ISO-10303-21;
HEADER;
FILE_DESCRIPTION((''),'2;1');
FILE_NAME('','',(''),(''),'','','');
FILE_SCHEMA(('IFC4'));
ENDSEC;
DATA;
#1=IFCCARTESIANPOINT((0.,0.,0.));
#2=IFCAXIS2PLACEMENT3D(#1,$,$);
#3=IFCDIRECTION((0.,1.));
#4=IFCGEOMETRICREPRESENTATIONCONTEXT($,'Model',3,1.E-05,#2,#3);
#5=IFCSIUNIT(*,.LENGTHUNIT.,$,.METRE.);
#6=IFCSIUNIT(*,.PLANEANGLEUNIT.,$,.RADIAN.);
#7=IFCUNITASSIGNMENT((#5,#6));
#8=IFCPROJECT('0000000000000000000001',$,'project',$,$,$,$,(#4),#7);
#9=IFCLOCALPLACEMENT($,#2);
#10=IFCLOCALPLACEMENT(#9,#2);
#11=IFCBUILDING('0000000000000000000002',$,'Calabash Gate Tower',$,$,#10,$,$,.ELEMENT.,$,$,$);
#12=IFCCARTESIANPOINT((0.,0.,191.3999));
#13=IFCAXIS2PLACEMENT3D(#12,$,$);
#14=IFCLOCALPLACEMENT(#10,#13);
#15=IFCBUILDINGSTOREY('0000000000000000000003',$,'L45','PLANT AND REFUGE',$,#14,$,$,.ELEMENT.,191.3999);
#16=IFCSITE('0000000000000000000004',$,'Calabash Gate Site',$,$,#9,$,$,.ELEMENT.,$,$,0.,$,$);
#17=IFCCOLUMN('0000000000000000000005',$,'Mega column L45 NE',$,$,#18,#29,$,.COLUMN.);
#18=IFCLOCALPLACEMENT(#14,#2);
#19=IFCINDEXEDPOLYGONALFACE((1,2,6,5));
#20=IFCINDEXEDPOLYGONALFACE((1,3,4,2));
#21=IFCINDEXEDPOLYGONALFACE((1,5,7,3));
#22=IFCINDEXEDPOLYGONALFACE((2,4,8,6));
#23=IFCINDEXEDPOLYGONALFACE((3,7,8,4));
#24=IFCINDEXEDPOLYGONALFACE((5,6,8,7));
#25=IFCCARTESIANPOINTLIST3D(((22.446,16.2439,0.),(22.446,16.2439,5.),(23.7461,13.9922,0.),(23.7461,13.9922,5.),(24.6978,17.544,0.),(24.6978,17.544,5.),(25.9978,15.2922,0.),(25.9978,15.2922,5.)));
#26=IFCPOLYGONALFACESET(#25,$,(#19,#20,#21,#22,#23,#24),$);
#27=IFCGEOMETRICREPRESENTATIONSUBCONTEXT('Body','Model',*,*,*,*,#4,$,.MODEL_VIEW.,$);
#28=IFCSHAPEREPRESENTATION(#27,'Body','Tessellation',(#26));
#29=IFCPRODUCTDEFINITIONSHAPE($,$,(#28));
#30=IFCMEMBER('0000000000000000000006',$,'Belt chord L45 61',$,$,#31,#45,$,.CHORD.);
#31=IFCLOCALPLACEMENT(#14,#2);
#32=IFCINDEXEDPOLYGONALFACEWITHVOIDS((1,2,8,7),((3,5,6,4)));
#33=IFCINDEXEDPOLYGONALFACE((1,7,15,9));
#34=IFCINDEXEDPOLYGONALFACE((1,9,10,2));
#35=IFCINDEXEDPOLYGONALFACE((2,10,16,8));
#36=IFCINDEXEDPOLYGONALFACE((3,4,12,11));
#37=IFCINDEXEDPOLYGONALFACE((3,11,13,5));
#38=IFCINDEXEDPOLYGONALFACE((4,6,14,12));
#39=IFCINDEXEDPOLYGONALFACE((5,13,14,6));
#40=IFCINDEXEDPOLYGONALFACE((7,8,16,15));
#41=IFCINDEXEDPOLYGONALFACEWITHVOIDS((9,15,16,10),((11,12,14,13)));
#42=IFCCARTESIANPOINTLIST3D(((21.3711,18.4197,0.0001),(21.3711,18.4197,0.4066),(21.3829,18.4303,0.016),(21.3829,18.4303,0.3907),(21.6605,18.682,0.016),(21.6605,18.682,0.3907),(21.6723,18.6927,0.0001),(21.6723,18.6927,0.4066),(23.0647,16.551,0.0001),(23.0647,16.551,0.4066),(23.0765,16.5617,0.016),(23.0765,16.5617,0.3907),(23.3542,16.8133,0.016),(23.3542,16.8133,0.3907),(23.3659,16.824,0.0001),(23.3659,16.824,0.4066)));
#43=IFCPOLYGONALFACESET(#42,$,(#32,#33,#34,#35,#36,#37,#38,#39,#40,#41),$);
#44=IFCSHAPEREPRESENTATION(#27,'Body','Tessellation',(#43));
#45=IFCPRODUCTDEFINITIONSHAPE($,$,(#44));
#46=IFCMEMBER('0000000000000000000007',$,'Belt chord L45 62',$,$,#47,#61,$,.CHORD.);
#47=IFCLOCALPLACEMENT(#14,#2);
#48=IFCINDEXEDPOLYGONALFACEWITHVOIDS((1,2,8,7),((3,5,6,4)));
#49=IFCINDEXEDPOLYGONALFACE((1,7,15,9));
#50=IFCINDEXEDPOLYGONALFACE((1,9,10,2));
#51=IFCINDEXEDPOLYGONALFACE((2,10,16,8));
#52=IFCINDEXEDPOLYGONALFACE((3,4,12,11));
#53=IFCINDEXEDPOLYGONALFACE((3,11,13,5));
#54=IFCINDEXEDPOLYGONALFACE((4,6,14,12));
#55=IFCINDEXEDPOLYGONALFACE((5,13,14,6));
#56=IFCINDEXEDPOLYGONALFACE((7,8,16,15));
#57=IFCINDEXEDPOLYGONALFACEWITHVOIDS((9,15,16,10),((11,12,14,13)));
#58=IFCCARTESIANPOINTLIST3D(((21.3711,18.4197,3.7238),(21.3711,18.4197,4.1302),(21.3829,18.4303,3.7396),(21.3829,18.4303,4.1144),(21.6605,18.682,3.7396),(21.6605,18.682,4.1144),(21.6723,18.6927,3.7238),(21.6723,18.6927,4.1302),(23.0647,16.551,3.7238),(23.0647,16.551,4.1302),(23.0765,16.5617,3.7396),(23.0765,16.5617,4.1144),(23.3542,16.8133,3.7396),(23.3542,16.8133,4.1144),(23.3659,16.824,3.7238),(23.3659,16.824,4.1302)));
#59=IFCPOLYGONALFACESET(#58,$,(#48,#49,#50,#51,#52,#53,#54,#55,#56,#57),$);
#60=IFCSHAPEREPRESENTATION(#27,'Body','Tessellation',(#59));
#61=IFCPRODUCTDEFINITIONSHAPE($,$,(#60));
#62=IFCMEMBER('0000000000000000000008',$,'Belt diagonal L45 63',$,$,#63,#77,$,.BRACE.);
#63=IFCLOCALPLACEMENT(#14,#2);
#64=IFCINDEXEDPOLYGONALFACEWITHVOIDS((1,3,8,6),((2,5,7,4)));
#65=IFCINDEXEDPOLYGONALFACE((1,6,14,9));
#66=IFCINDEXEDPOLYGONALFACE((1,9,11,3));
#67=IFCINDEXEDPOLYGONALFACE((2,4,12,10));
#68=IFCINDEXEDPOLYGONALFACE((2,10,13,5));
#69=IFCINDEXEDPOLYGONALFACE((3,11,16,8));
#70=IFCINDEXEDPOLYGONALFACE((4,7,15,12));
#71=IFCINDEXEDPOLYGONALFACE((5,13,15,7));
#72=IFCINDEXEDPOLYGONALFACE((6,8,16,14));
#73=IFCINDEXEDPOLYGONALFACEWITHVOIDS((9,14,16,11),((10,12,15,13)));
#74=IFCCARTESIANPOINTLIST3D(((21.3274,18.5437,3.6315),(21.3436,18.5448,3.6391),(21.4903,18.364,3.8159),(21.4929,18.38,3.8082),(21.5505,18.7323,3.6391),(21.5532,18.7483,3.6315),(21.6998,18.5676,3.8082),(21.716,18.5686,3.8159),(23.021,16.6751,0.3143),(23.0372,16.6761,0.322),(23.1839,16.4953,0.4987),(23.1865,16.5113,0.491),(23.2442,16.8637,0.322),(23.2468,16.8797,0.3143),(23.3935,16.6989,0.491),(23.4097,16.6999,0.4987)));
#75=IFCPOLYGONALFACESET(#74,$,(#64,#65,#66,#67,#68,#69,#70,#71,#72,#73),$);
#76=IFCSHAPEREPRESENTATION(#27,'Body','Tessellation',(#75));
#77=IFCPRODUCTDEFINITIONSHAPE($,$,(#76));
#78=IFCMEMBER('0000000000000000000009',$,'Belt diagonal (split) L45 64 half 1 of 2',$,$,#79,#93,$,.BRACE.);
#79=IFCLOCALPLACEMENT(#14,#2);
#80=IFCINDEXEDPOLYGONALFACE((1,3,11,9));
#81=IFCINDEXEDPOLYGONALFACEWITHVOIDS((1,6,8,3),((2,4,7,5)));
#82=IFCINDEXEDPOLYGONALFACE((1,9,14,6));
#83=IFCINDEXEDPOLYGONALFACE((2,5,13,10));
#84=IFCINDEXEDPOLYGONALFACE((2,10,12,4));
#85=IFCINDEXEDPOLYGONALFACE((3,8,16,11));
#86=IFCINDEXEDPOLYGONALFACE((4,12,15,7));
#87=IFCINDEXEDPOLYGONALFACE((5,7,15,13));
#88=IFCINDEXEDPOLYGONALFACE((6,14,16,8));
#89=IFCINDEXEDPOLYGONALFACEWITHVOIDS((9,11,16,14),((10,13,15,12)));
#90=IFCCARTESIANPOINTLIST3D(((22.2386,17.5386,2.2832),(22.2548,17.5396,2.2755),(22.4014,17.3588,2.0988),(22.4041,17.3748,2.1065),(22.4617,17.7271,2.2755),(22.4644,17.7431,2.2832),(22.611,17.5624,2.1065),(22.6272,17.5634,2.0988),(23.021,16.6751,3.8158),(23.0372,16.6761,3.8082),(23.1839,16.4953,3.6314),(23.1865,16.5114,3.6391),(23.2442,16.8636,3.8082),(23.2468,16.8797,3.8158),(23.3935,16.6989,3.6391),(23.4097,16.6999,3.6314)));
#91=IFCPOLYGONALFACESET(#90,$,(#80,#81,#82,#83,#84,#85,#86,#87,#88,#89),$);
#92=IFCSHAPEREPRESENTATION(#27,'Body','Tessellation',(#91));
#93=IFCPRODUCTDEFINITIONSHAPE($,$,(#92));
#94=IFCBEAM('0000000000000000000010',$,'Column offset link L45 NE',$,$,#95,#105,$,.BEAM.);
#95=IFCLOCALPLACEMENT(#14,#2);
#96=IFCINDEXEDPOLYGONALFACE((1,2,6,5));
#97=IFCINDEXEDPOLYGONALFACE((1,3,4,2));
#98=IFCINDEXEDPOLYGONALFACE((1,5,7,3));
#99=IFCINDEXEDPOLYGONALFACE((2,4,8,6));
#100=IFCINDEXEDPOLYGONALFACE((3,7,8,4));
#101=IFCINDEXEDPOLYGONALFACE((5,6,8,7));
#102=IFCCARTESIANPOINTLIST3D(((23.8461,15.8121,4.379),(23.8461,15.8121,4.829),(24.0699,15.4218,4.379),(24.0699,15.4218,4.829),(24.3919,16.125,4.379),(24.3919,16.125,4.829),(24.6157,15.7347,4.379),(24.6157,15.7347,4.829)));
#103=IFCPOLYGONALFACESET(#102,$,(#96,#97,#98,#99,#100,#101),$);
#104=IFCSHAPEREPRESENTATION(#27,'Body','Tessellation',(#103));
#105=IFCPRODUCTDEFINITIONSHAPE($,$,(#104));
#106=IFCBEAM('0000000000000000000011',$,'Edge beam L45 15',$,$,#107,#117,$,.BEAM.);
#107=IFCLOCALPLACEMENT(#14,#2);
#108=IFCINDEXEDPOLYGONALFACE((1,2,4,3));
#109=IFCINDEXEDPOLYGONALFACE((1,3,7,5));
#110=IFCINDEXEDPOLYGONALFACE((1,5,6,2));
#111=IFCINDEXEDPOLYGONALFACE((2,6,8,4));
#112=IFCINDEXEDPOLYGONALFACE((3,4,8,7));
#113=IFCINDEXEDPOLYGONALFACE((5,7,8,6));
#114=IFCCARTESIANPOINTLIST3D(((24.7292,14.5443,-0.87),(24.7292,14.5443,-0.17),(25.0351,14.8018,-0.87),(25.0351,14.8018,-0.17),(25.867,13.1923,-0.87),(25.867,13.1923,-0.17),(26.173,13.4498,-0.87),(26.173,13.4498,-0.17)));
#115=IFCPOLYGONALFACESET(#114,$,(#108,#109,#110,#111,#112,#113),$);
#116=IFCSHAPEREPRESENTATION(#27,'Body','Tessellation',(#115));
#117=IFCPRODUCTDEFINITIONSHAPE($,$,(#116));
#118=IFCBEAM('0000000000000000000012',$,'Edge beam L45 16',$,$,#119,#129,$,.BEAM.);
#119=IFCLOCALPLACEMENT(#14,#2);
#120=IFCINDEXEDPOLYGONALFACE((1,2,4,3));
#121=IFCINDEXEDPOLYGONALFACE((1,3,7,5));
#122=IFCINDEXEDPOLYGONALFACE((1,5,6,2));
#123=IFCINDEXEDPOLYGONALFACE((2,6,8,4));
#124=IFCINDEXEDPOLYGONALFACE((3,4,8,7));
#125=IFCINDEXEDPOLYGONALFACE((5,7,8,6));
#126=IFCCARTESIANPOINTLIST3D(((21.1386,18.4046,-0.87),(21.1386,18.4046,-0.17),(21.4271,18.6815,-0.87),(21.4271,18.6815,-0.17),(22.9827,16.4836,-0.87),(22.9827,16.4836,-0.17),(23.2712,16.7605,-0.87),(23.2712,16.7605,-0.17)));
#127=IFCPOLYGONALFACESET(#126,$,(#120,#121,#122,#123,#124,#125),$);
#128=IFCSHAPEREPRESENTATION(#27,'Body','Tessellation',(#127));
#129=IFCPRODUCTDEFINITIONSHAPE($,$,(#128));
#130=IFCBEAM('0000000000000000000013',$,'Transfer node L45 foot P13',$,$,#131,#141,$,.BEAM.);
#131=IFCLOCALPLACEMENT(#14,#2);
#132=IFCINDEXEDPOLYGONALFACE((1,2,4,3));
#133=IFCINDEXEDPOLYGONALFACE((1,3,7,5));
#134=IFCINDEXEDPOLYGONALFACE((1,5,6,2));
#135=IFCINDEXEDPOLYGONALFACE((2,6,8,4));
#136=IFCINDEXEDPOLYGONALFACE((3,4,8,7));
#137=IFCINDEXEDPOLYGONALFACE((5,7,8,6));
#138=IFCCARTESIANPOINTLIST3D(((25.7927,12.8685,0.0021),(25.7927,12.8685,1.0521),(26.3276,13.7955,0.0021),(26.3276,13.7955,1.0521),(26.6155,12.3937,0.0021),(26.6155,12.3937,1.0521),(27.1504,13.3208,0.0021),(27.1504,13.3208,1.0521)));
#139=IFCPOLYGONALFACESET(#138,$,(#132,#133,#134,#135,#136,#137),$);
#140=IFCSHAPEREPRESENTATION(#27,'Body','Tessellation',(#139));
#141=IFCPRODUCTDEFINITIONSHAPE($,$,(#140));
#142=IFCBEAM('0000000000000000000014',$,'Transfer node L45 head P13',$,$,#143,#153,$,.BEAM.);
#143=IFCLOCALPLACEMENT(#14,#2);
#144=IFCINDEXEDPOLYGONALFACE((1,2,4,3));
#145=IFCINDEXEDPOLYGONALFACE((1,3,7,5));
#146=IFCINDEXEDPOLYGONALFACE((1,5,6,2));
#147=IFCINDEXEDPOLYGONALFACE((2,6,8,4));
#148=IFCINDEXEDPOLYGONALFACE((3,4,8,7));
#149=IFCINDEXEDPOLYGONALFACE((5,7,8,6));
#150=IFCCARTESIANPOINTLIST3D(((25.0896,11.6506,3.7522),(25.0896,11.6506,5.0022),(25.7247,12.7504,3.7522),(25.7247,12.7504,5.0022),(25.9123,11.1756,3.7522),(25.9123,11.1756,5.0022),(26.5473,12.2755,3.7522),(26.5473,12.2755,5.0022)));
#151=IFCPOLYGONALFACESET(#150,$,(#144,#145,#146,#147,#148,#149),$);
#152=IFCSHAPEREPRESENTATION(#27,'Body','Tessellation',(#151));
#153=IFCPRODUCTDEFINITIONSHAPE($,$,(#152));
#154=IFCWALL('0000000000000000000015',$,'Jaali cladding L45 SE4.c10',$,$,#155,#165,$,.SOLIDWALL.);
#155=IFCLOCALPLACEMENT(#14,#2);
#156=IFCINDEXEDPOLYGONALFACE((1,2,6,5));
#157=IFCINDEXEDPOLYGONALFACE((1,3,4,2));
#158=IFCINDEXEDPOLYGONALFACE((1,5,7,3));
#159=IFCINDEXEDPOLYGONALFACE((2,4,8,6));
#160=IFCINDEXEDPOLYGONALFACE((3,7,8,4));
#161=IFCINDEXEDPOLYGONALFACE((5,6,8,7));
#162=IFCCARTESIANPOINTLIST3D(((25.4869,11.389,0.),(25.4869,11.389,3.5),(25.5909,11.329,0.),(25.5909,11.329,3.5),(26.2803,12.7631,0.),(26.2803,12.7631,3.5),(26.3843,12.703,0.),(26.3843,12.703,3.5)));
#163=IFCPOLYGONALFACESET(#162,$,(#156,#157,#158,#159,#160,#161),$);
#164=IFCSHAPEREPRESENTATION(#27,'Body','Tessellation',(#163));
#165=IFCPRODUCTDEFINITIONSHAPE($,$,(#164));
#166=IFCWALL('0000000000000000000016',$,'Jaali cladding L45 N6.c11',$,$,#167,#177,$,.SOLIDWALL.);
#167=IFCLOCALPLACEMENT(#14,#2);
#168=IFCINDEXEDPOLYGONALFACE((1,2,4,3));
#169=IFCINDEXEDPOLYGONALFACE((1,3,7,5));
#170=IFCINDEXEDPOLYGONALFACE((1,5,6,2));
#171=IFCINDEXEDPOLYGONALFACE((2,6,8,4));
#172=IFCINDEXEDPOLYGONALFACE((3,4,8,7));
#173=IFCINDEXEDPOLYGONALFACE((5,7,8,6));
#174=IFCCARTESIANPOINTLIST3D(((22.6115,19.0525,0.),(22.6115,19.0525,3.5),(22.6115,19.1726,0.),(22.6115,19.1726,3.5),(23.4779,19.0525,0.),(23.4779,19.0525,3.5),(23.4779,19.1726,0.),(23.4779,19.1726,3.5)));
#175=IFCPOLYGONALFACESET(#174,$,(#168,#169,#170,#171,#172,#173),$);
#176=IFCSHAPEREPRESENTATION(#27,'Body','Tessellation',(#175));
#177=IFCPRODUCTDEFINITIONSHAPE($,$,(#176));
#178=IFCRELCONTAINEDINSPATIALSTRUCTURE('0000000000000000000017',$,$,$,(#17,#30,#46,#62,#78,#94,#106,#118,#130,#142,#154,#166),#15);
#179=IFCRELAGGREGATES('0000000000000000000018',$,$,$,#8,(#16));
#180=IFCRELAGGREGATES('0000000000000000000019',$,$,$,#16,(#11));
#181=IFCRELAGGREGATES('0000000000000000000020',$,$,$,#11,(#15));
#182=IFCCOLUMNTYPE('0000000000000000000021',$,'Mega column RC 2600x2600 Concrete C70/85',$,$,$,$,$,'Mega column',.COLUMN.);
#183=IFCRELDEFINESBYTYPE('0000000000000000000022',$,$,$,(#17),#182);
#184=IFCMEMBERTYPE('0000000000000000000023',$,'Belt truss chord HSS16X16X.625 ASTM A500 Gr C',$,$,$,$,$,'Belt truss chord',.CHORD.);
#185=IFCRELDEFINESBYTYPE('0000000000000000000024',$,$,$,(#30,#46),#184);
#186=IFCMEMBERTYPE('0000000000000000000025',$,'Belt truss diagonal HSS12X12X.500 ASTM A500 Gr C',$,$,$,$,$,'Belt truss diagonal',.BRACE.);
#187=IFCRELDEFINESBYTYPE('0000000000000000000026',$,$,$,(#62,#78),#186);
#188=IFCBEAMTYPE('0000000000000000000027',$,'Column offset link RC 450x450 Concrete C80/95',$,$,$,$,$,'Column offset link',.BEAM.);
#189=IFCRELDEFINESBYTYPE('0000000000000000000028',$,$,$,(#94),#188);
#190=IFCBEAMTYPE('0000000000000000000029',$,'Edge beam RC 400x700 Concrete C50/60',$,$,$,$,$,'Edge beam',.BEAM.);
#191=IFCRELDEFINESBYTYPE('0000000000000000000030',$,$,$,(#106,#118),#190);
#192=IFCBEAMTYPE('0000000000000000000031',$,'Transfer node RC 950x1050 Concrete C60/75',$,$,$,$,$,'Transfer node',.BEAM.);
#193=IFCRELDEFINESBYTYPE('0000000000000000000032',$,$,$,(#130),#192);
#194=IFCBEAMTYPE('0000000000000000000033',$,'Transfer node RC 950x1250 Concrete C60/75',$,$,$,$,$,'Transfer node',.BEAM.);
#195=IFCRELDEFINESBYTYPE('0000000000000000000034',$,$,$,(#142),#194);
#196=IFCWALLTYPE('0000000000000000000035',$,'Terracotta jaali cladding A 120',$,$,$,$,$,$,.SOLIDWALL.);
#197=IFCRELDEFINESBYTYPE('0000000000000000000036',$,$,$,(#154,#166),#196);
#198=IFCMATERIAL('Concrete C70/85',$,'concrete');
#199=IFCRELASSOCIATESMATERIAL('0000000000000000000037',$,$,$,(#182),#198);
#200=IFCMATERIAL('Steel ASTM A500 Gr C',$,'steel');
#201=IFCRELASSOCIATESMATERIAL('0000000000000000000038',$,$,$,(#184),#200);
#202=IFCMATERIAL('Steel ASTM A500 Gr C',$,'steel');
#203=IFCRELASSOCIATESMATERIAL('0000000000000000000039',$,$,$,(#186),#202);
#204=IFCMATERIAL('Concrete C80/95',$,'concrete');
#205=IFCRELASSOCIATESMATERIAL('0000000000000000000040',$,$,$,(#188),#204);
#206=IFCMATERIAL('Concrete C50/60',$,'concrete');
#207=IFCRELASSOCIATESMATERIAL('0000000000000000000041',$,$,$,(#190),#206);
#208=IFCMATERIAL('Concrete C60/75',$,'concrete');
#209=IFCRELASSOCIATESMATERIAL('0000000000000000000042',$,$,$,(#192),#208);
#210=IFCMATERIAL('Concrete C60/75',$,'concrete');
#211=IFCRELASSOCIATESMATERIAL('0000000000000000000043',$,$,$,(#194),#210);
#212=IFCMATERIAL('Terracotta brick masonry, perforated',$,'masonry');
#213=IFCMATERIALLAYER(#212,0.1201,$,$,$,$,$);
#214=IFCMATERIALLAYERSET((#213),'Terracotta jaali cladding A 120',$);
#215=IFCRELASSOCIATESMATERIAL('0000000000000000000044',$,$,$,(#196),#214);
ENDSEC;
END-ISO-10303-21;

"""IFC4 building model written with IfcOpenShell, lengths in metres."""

from ifc_helpers import new_model, si_unit, direction, frame, frame_2d, origin, origin_2d, place, context, subcontext, project, spatial, rectangle, hollow_rectangle, extrude, material, layer, layer_set, material_profile, profile_set, type_object, element, save


model = new_model("IFC4")

# Units and contexts
model_context = context("Model", 3, precision=1e-05, world=origin(), true_north=direction((0.0, 1.0)))
body_context = subcontext(model_context, "Body", "Model", "MODEL_VIEW")
ifc_project = project(units=[si_unit("LENGTHUNIT", "METRE"), si_unit("PLANEANGLEUNIT", "RADIAN")], contexts=[model_context])

# Site, building, storey
site_placement = place(None, origin())
site = spatial("IfcSite", under=ifc_project, at=site_placement, Name="Calabash Gate Site", CompositionType="ELEMENT", RefElevation=0.0)
building_placement = place(site_placement, origin())
building = spatial("IfcBuilding", under=site, at=building_placement, Name="Calabash Gate Tower", CompositionType="ELEMENT")
storey_placement = place(building_placement, frame((0.0, 0.0, 191.3999)))
storey = spatial("IfcBuildingStorey", under=building, at=storey_placement, Name="L45", Description="PLANT AND REFUGE", CompositionType="ELEMENT", Elevation=191.3999)

# Column
ifc_material_1 = material(Name="Concrete C70/85", Category="concrete")
ifc_material_profile_1 = material_profile(ifc_material_1, rectangle(XDim=2.6001, YDim=2.6001, at=origin_2d()))
ifc_profile_set_1 = profile_set([ifc_material_profile_1], Name="Concrete C70/85")
column_type_1 = type_object("IfcColumnType", Name="Mega column RC 2600x2600 Concrete C70/85", ElementType="Mega column", PredefinedType="COLUMN", material=ifc_profile_set_1)
column_1_placement = place(storey_placement, frame((24.2219, 15.7681, 0.0), z_axis=(0.0, 0.0, 1.0), x_axis=(-0.866025, -0.5, 0.0)))
element("IfcColumn", 1, at=column_1_placement, inside=storey, type_object=column_type_1, Name="Mega column L45 NE", PredefinedType="COLUMN", context=body_context, shape_type="SweptSolid", body=[
    extrude(rectangle(XDim=2.6001, YDim=2.6001, at=origin_2d()), origin(), (0.0, 0.0, 1.0), 5.0),
])

# Members
ifc_material_2 = material(Name="Steel ASTM A500 Gr C", Category="steel")
ifc_material_profile_2 = material_profile(ifc_material_2, hollow_rectangle(XDim=0.4065, YDim=0.4065, WallThickness=0.0159, at=origin_2d()))
ifc_profile_set_2 = profile_set([ifc_material_profile_2], Name="Steel ASTM A500 Gr C")
member_type_1 = type_object("IfcMemberType", Name="Belt truss chord HSS16X16X.625 ASTM A500 Gr C", ElementType="Belt truss chord", PredefinedType="CHORD", material=ifc_profile_set_2)
for number, where, z_axis, x_axis, name in (
    (2, (23.2153, 16.6875, 0.2034), (-0.671549, 0.74096, 0.0), (-0.74096, -0.671549, 0.0), "Belt chord L45 61"),
    (3, (23.2153, 16.6875, 3.927), (-0.671549, 0.74096, 0.0), (-0.74096, -0.671549, 0.0), "Belt chord L45 62"),
):
    element("IfcMember", number, at=place(storey_placement, frame(where, z_axis=z_axis, x_axis=x_axis)), inside=storey, type_object=member_type_1, Name=name, PredefinedType="CHORD", context=body_context, shape_type="SweptSolid", body=[
        extrude(hollow_rectangle(XDim=0.4065, YDim=0.4065, WallThickness=0.0159, at=origin_2d()), origin(), (0.0, 0.0, 1.0), 2.522),
    ])
ifc_material_3 = material(Name="Steel ASTM A500 Gr C", Category="steel")
ifc_material_profile_3 = material_profile(ifc_material_3, hollow_rectangle(XDim=0.3047, YDim=0.3047, WallThickness=0.0127, at=origin_2d()))
ifc_profile_set_3 = profile_set([ifc_material_profile_3], Name="Steel ASTM A500 Gr C")
member_type_2 = type_object("IfcMemberType", Name="Belt truss diagonal HSS12X12X.500 ASTM A500 Gr C", ElementType="Belt truss diagonal", PredefinedType="BRACE", material=ifc_profile_set_3)
member_1_placement = place(storey_placement, frame((23.2153, 16.6875, 0.4065), z_axis=(-0.406436, 0.448445, 0.796057), x_axis=(-0.74096, -0.671549, 0.0)))
element("IfcMember", 4, at=member_1_placement, inside=storey, type_object=member_type_2, Name="Belt diagonal L45 63", PredefinedType="BRACE", context=body_context, shape_type="SweptSolid", body=[
    extrude(hollow_rectangle(XDim=0.3047, YDim=0.3047, WallThickness=0.0127, at=origin_2d()), origin(), (0.0, 0.0, 1.0), 4.167),
])
member_2_placement = place(storey_placement, frame((23.2153, 16.6875, 3.7236), z_axis=(-0.406395, 0.448492, -0.796052), x_axis=(-0.741029, -0.671473, 0.0)))
element("IfcMember", 5, at=member_2_placement, inside=storey, type_object=member_type_2, Name="Belt diagonal (split) L45 64 half 1 of 2", PredefinedType="BRACE", context=body_context, shape_type="SweptSolid", body=[
    extrude(hollow_rectangle(XDim=0.3047, YDim=0.3047, WallThickness=0.0127, at=origin_2d()), origin(), (0.0, 0.0, 1.0), 1.9253),
])

# Beams
ifc_material_4 = material(Name="Concrete C80/95", Category="concrete")
ifc_material_profile_4 = material_profile(ifc_material_4, rectangle(XDim=0.45, YDim=0.45, at=origin_2d()))
ifc_profile_set_4 = profile_set([ifc_material_profile_4], Name="Concrete C80/95")
beam_type_1 = type_object("IfcBeamType", Name="Column offset link RC 450x450 Concrete C80/95", ElementType="Column offset link", PredefinedType="BEAM", material=ifc_profile_set_4)
beam_1_placement = place(storey_placement, frame((23.958, 15.6169, 4.604), z_axis=(0.867526, 0.497392, 0.0), x_axis=(-0.497392, 0.867526, 0.0)))
element("IfcBeam", 6, at=beam_1_placement, inside=storey, type_object=beam_type_1, Name="Column offset link L45 NE", PredefinedType="BEAM", context=body_context, shape_type="SweptSolid", body=[
    extrude(rectangle(XDim=0.45, YDim=0.45, at=origin_2d()), origin(), (0.0, 0.0, 1.0), 0.6292),
])
ifc_material_5 = material(Name="Concrete C50/60", Category="concrete")
ifc_material_profile_5 = material_profile(ifc_material_5, rectangle(XDim=0.3999, YDim=0.7, at=origin_2d()))
ifc_profile_set_5 = profile_set([ifc_material_profile_5], Name="Concrete C50/60")
beam_type_2 = type_object("IfcBeamType", Name="Edge beam RC 400x700 Concrete C50/60", ElementType="Edge beam", PredefinedType="BEAM", material=ifc_profile_set_5)
beam_2_placement = place(storey_placement, frame((26.02, 13.321, -0.52), z_axis=(-0.643927, 0.765087, 0.0), x_axis=(-0.765087, -0.643927, 0.0)))
element("IfcBeam", 7, at=beam_2_placement, inside=storey, type_object=beam_type_2, Name="Edge beam L45 15", PredefinedType="BEAM", context=body_context, shape_type="SweptSolid", body=[
    extrude(rectangle(XDim=0.3999, YDim=0.7, at=origin_2d()), origin(), (0.0, 0.0, 1.0), 1.7671),
])
beam_3_placement = place(storey_placement, frame((23.127, 16.6221, -0.52), z_axis=(-0.692518, 0.7214, 0.0), x_axis=(-0.7214, -0.692518, 0.0)))
element("IfcBeam", 8, at=beam_3_placement, inside=storey, type_object=beam_type_2, Name="Edge beam L45 16", PredefinedType="BEAM", context=body_context, shape_type="SweptSolid", body=[
    extrude(rectangle(XDim=0.3999, YDim=0.7, at=origin_2d()), origin(), (0.0, 0.0, 1.0), 2.6628),
])
ifc_material_6 = material(Name="Concrete C60/75", Category="concrete")
ifc_material_profile_6 = material_profile(ifc_material_6, rectangle(XDim=0.95, YDim=1.05, at=origin_2d()))
ifc_profile_set_6 = profile_set([ifc_material_profile_6], Name="Concrete C60/75")
beam_type_3 = type_object("IfcBeamType", Name="Transfer node RC 950x1050 Concrete C60/75", ElementType="Transfer node", PredefinedType="BEAM", material=ifc_profile_set_6)
beam_4_placement = place(storey_placement, frame((26.2041, 12.6311, 0.5271), z_axis=(0.499795, 0.866144, 0.0), x_axis=(-0.866144, 0.499795, 0.0)))
element("IfcBeam", 9, at=beam_4_placement, inside=storey, type_object=beam_type_3, Name="Transfer node L45 foot P13", PredefinedType="BEAM", context=body_context, shape_type="SweptSolid", body=[
    extrude(rectangle(XDim=0.95, YDim=1.05, at=origin_2d()), origin(), (0.0, 0.0, 1.0), 1.0703),
])
ifc_material_7 = material(Name="Concrete C60/75", Category="concrete")
ifc_material_profile_7 = material_profile(ifc_material_7, rectangle(XDim=0.95, YDim=1.25, at=origin_2d()))
ifc_profile_set_7 = profile_set([ifc_material_profile_7], Name="Concrete C60/75")
beam_type_4 = type_object("IfcBeamType", Name="Transfer node RC 950x1250 Concrete C60/75", ElementType="Transfer node", PredefinedType="BEAM", material=ifc_profile_set_7)
beam_5_placement = place(storey_placement, frame((25.501, 11.4131, 4.3772), z_axis=(0.500005, 0.866022, 0.0), x_axis=(-0.866022, 0.500005, 0.0)))
element("IfcBeam", 10, at=beam_5_placement, inside=storey, type_object=beam_type_4, Name="Transfer node L45 head P13", PredefinedType="BEAM", context=body_context, shape_type="SweptSolid", body=[
    extrude(rectangle(XDim=0.95, YDim=1.25, at=origin_2d()), origin(), (0.0, 0.0, 1.0), 1.27),
])

# Walls
ifc_material_8 = material(Name="Terracotta brick masonry, perforated", Category="masonry")
ifc_layer = layer(ifc_material_8, 0.1201)
ifc_layer_set = layer_set([ifc_layer], Name="Terracotta jaali cladding A 120")
wall_type = type_object("IfcWallType", Name="Terracotta jaali cladding A 120", PredefinedType="SOLIDWALL", material=ifc_layer_set)
wall_1_placement = place(storey_placement, frame((25.5388, 11.3589, 0.0), z_axis=(0.0, 0.0, 1.0), x_axis=(0.500078, 0.865981, 0.0)))
element("IfcWall", 11, at=wall_1_placement, inside=storey, type_object=wall_type, Name="Jaali cladding L45 SE4.c10", PredefinedType="SOLIDWALL", context=body_context, shape_type="SweptSolid", body=[
    extrude(rectangle(XDim=1.5867, YDim=0.1201, at=frame_2d((0.7935, 0.0))), origin(), (0.0, 0.0, 1.0), 3.5),
])
wall_2_placement = place(storey_placement, frame((22.6116, 19.1125, 0.0), z_axis=(0.0, 0.0, 1.0), x_axis=(1.0, 0.0, 0.0)))
element("IfcWall", 12, at=wall_2_placement, inside=storey, type_object=wall_type, Name="Jaali cladding L45 N6.c11", PredefinedType="SOLIDWALL", context=body_context, shape_type="SweptSolid", body=[
    extrude(rectangle(XDim=0.8665, YDim=0.1201, at=frame_2d((0.4331, 0.0))), origin(), (0.0, 0.0, 1.0), 3.5),
])

save(model, "model.ifc")
